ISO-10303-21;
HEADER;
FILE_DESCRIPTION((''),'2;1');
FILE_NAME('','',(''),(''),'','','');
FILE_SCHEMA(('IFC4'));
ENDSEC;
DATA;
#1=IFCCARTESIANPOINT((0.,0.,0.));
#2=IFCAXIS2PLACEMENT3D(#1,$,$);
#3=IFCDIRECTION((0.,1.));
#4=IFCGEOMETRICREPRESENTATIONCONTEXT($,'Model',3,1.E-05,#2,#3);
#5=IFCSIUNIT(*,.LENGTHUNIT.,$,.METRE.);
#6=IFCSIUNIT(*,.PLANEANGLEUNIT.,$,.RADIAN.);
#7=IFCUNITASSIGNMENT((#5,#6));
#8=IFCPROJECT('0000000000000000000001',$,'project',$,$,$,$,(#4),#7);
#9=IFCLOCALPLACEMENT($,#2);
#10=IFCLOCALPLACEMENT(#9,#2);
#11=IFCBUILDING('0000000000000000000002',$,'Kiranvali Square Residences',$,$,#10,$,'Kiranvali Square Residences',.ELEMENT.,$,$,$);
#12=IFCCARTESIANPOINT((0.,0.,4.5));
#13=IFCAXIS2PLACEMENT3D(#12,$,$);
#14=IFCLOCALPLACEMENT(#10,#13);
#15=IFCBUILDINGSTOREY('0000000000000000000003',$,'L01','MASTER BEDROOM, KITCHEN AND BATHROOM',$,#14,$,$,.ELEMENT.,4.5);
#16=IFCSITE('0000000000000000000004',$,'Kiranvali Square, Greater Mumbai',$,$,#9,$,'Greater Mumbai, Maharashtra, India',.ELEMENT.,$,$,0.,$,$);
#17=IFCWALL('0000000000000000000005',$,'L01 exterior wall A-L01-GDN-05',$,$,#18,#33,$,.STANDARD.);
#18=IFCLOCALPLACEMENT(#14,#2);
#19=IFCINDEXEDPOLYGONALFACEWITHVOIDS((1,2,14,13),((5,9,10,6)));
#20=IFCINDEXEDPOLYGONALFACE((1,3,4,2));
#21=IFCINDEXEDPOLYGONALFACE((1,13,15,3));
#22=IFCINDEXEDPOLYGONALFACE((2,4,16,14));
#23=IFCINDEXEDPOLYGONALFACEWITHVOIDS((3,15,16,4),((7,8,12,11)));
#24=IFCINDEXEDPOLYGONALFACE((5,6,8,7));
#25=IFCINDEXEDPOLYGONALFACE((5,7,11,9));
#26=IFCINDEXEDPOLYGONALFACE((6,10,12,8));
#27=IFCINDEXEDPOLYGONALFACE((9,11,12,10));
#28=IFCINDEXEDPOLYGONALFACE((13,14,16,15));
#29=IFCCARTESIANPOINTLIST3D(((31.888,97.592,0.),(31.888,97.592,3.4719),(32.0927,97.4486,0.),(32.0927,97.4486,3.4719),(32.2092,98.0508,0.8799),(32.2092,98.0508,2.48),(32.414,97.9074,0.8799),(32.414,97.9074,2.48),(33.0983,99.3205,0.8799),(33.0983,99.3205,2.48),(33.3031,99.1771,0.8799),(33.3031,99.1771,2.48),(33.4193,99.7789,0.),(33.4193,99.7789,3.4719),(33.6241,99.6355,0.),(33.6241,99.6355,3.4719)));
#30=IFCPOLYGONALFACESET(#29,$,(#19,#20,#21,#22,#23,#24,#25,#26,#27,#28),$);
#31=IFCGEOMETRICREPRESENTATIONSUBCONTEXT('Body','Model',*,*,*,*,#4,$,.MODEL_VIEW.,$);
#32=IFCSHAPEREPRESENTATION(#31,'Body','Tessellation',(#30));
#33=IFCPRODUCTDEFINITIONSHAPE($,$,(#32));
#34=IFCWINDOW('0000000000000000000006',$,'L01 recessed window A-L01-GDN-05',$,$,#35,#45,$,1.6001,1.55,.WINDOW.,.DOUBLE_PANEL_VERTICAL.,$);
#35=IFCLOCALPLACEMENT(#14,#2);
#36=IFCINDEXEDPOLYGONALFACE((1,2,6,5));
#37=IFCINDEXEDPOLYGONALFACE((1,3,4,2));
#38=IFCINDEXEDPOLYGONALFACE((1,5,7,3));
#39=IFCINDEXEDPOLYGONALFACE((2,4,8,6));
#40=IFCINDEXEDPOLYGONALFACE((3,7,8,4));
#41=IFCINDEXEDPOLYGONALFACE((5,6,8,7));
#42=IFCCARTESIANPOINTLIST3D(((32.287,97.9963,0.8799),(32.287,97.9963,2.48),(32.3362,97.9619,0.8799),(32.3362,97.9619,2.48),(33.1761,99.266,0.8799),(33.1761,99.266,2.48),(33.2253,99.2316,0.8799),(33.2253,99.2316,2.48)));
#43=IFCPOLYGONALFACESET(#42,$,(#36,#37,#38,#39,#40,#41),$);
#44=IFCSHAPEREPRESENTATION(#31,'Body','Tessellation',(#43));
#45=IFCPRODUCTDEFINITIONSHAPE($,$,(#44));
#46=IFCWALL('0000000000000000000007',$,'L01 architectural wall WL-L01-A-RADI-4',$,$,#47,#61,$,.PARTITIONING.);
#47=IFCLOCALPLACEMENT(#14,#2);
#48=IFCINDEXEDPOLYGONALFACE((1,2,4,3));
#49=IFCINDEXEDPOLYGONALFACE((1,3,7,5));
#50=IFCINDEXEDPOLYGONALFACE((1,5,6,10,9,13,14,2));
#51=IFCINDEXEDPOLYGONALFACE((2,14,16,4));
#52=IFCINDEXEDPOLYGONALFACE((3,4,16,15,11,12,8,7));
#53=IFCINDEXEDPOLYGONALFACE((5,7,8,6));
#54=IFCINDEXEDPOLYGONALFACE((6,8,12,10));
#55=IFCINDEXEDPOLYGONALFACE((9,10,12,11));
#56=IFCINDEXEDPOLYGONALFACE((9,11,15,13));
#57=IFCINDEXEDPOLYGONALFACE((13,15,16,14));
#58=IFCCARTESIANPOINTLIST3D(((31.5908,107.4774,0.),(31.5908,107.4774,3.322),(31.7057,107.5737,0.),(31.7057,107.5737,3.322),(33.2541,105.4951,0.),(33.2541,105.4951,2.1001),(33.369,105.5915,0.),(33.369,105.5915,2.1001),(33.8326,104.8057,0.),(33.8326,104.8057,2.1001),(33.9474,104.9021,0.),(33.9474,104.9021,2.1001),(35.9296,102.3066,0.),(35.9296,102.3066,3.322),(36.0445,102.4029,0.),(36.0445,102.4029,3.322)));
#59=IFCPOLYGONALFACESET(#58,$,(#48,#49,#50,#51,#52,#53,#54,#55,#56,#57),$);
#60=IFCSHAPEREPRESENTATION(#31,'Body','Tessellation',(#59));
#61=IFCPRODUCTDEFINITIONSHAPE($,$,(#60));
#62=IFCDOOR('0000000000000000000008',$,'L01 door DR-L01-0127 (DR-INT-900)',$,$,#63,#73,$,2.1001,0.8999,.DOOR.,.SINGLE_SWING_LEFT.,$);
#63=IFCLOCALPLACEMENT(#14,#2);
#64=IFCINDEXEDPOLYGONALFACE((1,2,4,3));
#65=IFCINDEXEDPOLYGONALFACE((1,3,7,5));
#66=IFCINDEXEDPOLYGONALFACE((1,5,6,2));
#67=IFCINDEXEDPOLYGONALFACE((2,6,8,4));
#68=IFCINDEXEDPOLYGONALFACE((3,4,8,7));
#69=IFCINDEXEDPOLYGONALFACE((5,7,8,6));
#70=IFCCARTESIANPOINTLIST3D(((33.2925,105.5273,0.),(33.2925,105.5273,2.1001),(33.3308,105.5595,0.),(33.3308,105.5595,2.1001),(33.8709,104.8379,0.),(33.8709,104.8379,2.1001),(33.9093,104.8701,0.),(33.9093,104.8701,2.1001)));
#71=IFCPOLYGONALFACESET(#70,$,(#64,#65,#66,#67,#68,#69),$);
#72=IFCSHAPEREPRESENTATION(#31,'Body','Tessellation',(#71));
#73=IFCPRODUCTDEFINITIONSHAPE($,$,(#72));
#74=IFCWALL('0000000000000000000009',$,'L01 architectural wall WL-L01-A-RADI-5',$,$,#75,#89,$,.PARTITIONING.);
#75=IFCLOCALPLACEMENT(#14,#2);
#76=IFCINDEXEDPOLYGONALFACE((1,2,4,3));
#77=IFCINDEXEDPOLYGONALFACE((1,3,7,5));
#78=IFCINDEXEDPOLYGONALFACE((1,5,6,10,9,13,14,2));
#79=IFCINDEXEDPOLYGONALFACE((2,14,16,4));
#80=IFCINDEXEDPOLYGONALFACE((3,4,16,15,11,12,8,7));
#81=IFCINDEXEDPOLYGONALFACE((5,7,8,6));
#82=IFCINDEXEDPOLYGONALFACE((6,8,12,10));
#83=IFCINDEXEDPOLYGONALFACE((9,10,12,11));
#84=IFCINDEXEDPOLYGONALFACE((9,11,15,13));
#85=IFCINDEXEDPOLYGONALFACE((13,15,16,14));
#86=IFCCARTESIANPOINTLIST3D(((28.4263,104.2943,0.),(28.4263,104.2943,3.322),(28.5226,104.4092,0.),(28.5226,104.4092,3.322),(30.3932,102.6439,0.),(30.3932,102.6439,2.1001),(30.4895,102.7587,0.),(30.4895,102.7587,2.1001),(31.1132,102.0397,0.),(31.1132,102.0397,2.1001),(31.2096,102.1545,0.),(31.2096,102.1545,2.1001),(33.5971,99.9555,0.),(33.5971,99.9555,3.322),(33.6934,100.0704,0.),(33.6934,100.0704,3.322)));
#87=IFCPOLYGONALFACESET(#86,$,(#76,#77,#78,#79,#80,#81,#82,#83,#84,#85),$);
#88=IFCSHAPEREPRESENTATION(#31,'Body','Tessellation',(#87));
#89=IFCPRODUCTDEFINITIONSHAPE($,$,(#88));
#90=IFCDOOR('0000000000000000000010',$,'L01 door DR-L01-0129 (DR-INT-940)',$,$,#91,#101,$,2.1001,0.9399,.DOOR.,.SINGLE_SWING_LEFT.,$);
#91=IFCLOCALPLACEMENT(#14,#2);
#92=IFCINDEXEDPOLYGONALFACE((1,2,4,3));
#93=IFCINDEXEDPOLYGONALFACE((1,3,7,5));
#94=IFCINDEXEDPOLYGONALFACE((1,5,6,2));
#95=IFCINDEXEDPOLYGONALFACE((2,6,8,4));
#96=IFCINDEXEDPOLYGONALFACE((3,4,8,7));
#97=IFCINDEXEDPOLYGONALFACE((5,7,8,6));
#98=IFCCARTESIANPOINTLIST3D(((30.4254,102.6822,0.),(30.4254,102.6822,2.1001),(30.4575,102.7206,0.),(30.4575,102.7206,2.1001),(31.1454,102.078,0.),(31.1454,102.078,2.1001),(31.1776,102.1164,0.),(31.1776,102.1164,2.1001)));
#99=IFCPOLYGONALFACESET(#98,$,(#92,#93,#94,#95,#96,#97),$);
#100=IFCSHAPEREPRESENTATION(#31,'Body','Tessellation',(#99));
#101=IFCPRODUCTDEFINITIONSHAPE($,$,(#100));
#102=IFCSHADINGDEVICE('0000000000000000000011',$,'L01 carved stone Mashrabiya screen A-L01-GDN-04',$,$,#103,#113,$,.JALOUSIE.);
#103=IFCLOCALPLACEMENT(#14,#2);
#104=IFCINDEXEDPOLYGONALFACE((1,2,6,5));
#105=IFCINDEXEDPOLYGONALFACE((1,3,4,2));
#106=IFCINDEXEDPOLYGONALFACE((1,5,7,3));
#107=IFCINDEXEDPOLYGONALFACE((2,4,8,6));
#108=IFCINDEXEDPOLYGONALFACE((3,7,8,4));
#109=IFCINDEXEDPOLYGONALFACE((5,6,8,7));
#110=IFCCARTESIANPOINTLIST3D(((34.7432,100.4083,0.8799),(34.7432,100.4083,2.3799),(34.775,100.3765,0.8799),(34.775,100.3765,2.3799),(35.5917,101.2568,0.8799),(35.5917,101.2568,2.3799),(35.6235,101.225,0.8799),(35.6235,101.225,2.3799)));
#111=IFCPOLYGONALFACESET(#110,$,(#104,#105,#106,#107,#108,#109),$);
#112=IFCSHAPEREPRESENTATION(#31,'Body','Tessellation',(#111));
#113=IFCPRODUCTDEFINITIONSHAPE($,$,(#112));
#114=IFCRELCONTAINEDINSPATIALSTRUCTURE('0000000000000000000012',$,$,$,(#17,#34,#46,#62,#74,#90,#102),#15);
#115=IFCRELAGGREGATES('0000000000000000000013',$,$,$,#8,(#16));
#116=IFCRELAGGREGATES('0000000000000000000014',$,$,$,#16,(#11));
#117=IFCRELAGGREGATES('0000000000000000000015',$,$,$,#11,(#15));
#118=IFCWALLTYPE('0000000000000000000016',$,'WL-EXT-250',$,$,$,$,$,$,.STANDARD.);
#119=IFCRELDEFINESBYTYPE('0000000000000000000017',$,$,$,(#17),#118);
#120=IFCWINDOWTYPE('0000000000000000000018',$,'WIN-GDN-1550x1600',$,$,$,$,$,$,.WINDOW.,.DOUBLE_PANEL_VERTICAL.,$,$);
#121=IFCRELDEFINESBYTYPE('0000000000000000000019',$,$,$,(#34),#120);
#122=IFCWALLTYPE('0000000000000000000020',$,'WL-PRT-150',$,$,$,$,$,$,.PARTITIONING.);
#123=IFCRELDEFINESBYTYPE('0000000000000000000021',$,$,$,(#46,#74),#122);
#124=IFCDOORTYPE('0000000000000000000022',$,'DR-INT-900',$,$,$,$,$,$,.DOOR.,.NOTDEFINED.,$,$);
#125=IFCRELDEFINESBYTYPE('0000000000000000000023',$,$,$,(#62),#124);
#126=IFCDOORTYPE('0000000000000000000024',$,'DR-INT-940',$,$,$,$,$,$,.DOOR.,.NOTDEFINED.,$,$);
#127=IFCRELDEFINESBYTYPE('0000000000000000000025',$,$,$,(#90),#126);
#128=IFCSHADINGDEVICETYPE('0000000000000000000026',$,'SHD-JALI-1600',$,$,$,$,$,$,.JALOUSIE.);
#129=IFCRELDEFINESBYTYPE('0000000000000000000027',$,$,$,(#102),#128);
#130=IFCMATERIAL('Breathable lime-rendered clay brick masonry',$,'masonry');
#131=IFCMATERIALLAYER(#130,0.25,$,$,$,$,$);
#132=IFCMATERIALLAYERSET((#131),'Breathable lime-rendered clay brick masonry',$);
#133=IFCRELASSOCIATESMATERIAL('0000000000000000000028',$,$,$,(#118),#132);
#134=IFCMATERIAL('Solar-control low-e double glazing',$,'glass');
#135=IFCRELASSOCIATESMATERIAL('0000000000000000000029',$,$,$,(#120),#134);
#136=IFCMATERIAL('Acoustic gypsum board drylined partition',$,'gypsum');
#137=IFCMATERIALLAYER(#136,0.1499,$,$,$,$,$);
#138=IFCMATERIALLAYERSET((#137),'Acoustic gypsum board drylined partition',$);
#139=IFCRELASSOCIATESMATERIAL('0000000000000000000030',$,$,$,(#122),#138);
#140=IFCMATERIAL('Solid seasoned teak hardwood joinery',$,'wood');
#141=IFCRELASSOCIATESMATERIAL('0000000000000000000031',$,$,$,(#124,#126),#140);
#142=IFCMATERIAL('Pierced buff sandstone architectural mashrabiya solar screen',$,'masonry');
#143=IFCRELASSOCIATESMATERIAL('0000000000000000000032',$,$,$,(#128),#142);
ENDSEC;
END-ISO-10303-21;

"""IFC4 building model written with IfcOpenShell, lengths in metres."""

from ifc_helpers import new_model, si_unit, direction, frame, frame_2d, origin, origin_2d, place, context, subcontext, project, spatial, rectangle, extrude, material, layer, layer_set, type_object, element, fill, save


model = new_model("IFC4")

# Units and contexts
model_context = context("Model", 3, precision=1e-05, world=origin(), true_north=direction((0.0, 1.0)))
body_context = subcontext(model_context, "Body", "Model", "MODEL_VIEW")
ifc_project = project(units=[si_unit("LENGTHUNIT", "METRE"), si_unit("PLANEANGLEUNIT", "RADIAN")], contexts=[model_context])

# Site, building, storey
site_placement = place(None, origin())
site = spatial("IfcSite", under=ifc_project, at=site_placement, Name="Kiranvali Square, Greater Mumbai", LongName="Greater Mumbai, Maharashtra, India", CompositionType="ELEMENT", RefElevation=0.0)
building_placement = place(site_placement, origin())
building = spatial("IfcBuilding", under=site, at=building_placement, Name="Kiranvali Square Residences", LongName="Kiranvali Square Residences", CompositionType="ELEMENT")
storey_placement = place(building_placement, frame((0.0, 0.0, 4.5)))
storey = spatial("IfcBuildingStorey", under=building, at=storey_placement, Name="L01", Description="MASTER BEDROOM, KITCHEN AND BATHROOM", CompositionType="ELEMENT", Elevation=4.5)

# Shared definitions
ifc_material_1 = material(Name="Solar-control low-e double glazing", Category="glass")

# Wall, opening, window
ifc_material_2 = material(Name="Breathable lime-rendered clay brick masonry", Category="masonry")
ifc_layer_1 = layer(ifc_material_2, 0.25)
ifc_layer_set_1 = layer_set([ifc_layer_1], Name="Breathable lime-rendered clay brick masonry")
wall_type_1 = type_object("IfcWallType", Name="WL-EXT-250", PredefinedType="STANDARD", material=ifc_layer_set_1)
wall_1_placement = place(storey_placement, frame((33.5217, 99.7073, 0.0), z_axis=(0.0, 0.0, 1.0), x_axis=(-0.573591, -0.819142, 0.0)))
wall_1 = element("IfcWall", 1, at=wall_1_placement, inside=storey, type_object=wall_type_1, Name="L01 exterior wall A-L01-GDN-05", PredefinedType="STANDARD", context=body_context, shape_type="SweptSolid", body=[
    extrude(rectangle(XDim=2.6697, YDim=0.25, at=frame_2d((1.335, 0.0))), origin(), (0.0, 0.0, 1.0), 3.4719),
])
opening_1_placement = place(wall_1_placement, frame((0.5598, 0.0, 0.8799)))
opening_1 = element("IfcOpeningElement", 2, at=opening_1_placement, cuts=wall_1, PredefinedType="OPENING", context=body_context, shape_type="SweptSolid", body=[
    extrude(rectangle(XDim=1.55, YDim=1.6001, at=frame_2d((0.7749, 0.8))), frame((0.0, 0.135, 0.0), z_axis=(0.0, -1.0, 0.0), x_axis=(1.0, 0.0, 0.0)), (0.0, 0.0, 1.0), 0.27),
])
window_type_1 = type_object("IfcWindowType", Name="WIN-GDN-1550x1600", PartitioningType="DOUBLE_PANEL_VERTICAL", PredefinedType="WINDOW", material=ifc_material_1)
window_1_placement = place(opening_1_placement, origin())
window_1 = element("IfcWindow", 3, at=window_1_placement, inside=storey, type_object=window_type_1, Name="L01 recessed window A-L01-GDN-05", OverallHeight=1.6001, OverallWidth=1.55, PartitioningType="DOUBLE_PANEL_VERTICAL", PredefinedType="WINDOW", context=body_context, shape_type="SweptSolid", body=[
    extrude(rectangle(XDim=1.55, YDim=1.6001, at=frame_2d((0.7749, 0.8))), frame((0.0, 0.03, 0.0), z_axis=(0.0, -1.0, 0.0), x_axis=(1.0, 0.0, 0.0)), (0.0, 0.0, 1.0), 0.0601),
])
fill(opening_1, window_1)

# Walls, openings, doors
ifc_material_3 = material(Name="Acoustic gypsum board drylined partition", Category="gypsum")
ifc_layer_2 = layer(ifc_material_3, 0.1499)
ifc_layer_set_2 = layer_set([ifc_layer_2], Name="Acoustic gypsum board drylined partition")
wall_type_2 = type_object("IfcWallType", Name="WL-PRT-150", PredefinedType="PARTITIONING", material=ifc_layer_set_2)
wall_2_placement = place(storey_placement, frame((35.9871, 102.3547, 0.0), z_axis=(0.0, 0.0, 1.0), x_axis=(-0.642785, 0.766047, 0.0)))
wall_2 = element("IfcWall", 4, at=wall_2_placement, inside=storey, type_object=wall_type_2, Name="L01 architectural wall WL-L01-A-RADI-4", PredefinedType="PARTITIONING", context=body_context, shape_type="SweptSolid", body=[
    extrude(rectangle(XDim=6.75, YDim=0.1499, at=frame_2d((3.375, 0.0))), origin(), (0.0, 0.0, 1.0), 3.322),
])
opening_2_placement = place(wall_2_placement, frame((3.2625, 0.0, 0.0)))
opening_2 = element("IfcOpeningElement", 5, at=opening_2_placement, cuts=wall_2, PredefinedType="OPENING", context=body_context, shape_type="SweptSolid", body=[
    extrude(rectangle(XDim=0.8999, YDim=2.1001, at=frame_2d((0.45, 1.05))), frame((0.0, 0.085, 0.0), z_axis=(0.0, -1.0, 0.0), x_axis=(1.0, 0.0, 0.0)), (0.0, 0.0, 1.0), 0.1699),
])
ifc_material_4 = material(Name="Solid seasoned teak hardwood joinery", Category="wood")
door_type_1 = type_object("IfcDoorType", Name="DR-INT-900", OperationType="NOTDEFINED", PredefinedType="DOOR", material=ifc_material_4)
door_1_placement = place(opening_2_placement, origin())
door_1 = element("IfcDoor", 6, at=door_1_placement, inside=storey, type_object=door_type_1, Name="L01 door DR-L01-0127 (DR-INT-900)", OperationType="SINGLE_SWING_LEFT", OverallHeight=2.1001, OverallWidth=0.8999, PredefinedType="DOOR", context=body_context, shape_type="SweptSolid", body=[
    extrude(rectangle(XDim=0.8999, YDim=2.1001, at=frame_2d((0.45, 1.05))), frame((0.0, 0.0249, 0.0), z_axis=(0.0, -1.0, 0.0), x_axis=(1.0, 0.0, 0.0)), (0.0, 0.0, 1.0), 0.05),
])
fill(opening_2, door_1)
wall_3_placement = place(storey_placement, frame((33.6453, 100.0129, 0.0), z_axis=(0.0, 0.0, 1.0), x_axis=(-0.766047, 0.642785, 0.0)))
wall_3 = element("IfcWall", 7, at=wall_3_placement, inside=storey, type_object=wall_type_2, Name="L01 architectural wall WL-L01-A-RADI-5", PredefinedType="PARTITIONING", context=body_context, shape_type="SweptSolid", body=[
    extrude(rectangle(XDim=6.75, YDim=0.1499, at=frame_2d((3.375, 0.0))), origin(), (0.0, 0.0, 1.0), 3.322),
])
opening_3_placement = place(wall_3_placement, frame((3.2424, 0.0, 0.0)))
opening_3 = element("IfcOpeningElement", 8, at=opening_3_placement, cuts=wall_3, PredefinedType="OPENING", context=body_context, shape_type="SweptSolid", body=[
    extrude(rectangle(XDim=0.9399, YDim=2.1001, at=frame_2d((0.47, 1.05))), frame((0.0, 0.085, 0.0), z_axis=(0.0, -1.0, 0.0), x_axis=(1.0, 0.0, 0.0)), (0.0, 0.0, 1.0), 0.1699),
])
door_type_2 = type_object("IfcDoorType", Name="DR-INT-940", OperationType="NOTDEFINED", PredefinedType="DOOR", material=ifc_material_4)
door_2_placement = place(opening_3_placement, origin())
door_2 = element("IfcDoor", 9, at=door_2_placement, inside=storey, type_object=door_type_2, Name="L01 door DR-L01-0129 (DR-INT-940)", OperationType="SINGLE_SWING_LEFT", OverallHeight=2.1001, OverallWidth=0.9399, PredefinedType="DOOR", context=body_context, shape_type="SweptSolid", body=[
    extrude(rectangle(XDim=0.9399, YDim=2.1001, at=frame_2d((0.47, 1.05))), frame((0.0, 0.0249, 0.0), z_axis=(0.0, -1.0, 0.0), x_axis=(1.0, 0.0, 0.0)), (0.0, 0.0, 1.0), 0.05),
])
fill(opening_3, door_2)

# Shading device
ifc_material_5 = material(Name="Pierced buff sandstone architectural mashrabiya solar screen", Category="masonry")
shading_device_type = type_object("IfcShadingDeviceType", Name="SHD-JALI-1600", PredefinedType="JALOUSIE", material=ifc_material_5)
shading_device_placement = place(storey_placement, frame((35.1833, 100.8167, 0.8799), z_axis=(0.0, 0.0, 1.0), x_axis=(-0.707107, -0.707107, 0.0)))
element("IfcShadingDevice", 10, at=shading_device_placement, inside=storey, type_object=shading_device_type, Name="L01 carved stone Mashrabiya screen A-L01-GDN-04", PredefinedType="JALOUSIE", context=body_context, shape_type="SweptSolid", body=[
    extrude(rectangle(XDim=1.2, YDim=0.0449, at=origin_2d()), origin(), (0.0, 0.0, 1.0), 1.5),
])

save(model, "model.ifc")
